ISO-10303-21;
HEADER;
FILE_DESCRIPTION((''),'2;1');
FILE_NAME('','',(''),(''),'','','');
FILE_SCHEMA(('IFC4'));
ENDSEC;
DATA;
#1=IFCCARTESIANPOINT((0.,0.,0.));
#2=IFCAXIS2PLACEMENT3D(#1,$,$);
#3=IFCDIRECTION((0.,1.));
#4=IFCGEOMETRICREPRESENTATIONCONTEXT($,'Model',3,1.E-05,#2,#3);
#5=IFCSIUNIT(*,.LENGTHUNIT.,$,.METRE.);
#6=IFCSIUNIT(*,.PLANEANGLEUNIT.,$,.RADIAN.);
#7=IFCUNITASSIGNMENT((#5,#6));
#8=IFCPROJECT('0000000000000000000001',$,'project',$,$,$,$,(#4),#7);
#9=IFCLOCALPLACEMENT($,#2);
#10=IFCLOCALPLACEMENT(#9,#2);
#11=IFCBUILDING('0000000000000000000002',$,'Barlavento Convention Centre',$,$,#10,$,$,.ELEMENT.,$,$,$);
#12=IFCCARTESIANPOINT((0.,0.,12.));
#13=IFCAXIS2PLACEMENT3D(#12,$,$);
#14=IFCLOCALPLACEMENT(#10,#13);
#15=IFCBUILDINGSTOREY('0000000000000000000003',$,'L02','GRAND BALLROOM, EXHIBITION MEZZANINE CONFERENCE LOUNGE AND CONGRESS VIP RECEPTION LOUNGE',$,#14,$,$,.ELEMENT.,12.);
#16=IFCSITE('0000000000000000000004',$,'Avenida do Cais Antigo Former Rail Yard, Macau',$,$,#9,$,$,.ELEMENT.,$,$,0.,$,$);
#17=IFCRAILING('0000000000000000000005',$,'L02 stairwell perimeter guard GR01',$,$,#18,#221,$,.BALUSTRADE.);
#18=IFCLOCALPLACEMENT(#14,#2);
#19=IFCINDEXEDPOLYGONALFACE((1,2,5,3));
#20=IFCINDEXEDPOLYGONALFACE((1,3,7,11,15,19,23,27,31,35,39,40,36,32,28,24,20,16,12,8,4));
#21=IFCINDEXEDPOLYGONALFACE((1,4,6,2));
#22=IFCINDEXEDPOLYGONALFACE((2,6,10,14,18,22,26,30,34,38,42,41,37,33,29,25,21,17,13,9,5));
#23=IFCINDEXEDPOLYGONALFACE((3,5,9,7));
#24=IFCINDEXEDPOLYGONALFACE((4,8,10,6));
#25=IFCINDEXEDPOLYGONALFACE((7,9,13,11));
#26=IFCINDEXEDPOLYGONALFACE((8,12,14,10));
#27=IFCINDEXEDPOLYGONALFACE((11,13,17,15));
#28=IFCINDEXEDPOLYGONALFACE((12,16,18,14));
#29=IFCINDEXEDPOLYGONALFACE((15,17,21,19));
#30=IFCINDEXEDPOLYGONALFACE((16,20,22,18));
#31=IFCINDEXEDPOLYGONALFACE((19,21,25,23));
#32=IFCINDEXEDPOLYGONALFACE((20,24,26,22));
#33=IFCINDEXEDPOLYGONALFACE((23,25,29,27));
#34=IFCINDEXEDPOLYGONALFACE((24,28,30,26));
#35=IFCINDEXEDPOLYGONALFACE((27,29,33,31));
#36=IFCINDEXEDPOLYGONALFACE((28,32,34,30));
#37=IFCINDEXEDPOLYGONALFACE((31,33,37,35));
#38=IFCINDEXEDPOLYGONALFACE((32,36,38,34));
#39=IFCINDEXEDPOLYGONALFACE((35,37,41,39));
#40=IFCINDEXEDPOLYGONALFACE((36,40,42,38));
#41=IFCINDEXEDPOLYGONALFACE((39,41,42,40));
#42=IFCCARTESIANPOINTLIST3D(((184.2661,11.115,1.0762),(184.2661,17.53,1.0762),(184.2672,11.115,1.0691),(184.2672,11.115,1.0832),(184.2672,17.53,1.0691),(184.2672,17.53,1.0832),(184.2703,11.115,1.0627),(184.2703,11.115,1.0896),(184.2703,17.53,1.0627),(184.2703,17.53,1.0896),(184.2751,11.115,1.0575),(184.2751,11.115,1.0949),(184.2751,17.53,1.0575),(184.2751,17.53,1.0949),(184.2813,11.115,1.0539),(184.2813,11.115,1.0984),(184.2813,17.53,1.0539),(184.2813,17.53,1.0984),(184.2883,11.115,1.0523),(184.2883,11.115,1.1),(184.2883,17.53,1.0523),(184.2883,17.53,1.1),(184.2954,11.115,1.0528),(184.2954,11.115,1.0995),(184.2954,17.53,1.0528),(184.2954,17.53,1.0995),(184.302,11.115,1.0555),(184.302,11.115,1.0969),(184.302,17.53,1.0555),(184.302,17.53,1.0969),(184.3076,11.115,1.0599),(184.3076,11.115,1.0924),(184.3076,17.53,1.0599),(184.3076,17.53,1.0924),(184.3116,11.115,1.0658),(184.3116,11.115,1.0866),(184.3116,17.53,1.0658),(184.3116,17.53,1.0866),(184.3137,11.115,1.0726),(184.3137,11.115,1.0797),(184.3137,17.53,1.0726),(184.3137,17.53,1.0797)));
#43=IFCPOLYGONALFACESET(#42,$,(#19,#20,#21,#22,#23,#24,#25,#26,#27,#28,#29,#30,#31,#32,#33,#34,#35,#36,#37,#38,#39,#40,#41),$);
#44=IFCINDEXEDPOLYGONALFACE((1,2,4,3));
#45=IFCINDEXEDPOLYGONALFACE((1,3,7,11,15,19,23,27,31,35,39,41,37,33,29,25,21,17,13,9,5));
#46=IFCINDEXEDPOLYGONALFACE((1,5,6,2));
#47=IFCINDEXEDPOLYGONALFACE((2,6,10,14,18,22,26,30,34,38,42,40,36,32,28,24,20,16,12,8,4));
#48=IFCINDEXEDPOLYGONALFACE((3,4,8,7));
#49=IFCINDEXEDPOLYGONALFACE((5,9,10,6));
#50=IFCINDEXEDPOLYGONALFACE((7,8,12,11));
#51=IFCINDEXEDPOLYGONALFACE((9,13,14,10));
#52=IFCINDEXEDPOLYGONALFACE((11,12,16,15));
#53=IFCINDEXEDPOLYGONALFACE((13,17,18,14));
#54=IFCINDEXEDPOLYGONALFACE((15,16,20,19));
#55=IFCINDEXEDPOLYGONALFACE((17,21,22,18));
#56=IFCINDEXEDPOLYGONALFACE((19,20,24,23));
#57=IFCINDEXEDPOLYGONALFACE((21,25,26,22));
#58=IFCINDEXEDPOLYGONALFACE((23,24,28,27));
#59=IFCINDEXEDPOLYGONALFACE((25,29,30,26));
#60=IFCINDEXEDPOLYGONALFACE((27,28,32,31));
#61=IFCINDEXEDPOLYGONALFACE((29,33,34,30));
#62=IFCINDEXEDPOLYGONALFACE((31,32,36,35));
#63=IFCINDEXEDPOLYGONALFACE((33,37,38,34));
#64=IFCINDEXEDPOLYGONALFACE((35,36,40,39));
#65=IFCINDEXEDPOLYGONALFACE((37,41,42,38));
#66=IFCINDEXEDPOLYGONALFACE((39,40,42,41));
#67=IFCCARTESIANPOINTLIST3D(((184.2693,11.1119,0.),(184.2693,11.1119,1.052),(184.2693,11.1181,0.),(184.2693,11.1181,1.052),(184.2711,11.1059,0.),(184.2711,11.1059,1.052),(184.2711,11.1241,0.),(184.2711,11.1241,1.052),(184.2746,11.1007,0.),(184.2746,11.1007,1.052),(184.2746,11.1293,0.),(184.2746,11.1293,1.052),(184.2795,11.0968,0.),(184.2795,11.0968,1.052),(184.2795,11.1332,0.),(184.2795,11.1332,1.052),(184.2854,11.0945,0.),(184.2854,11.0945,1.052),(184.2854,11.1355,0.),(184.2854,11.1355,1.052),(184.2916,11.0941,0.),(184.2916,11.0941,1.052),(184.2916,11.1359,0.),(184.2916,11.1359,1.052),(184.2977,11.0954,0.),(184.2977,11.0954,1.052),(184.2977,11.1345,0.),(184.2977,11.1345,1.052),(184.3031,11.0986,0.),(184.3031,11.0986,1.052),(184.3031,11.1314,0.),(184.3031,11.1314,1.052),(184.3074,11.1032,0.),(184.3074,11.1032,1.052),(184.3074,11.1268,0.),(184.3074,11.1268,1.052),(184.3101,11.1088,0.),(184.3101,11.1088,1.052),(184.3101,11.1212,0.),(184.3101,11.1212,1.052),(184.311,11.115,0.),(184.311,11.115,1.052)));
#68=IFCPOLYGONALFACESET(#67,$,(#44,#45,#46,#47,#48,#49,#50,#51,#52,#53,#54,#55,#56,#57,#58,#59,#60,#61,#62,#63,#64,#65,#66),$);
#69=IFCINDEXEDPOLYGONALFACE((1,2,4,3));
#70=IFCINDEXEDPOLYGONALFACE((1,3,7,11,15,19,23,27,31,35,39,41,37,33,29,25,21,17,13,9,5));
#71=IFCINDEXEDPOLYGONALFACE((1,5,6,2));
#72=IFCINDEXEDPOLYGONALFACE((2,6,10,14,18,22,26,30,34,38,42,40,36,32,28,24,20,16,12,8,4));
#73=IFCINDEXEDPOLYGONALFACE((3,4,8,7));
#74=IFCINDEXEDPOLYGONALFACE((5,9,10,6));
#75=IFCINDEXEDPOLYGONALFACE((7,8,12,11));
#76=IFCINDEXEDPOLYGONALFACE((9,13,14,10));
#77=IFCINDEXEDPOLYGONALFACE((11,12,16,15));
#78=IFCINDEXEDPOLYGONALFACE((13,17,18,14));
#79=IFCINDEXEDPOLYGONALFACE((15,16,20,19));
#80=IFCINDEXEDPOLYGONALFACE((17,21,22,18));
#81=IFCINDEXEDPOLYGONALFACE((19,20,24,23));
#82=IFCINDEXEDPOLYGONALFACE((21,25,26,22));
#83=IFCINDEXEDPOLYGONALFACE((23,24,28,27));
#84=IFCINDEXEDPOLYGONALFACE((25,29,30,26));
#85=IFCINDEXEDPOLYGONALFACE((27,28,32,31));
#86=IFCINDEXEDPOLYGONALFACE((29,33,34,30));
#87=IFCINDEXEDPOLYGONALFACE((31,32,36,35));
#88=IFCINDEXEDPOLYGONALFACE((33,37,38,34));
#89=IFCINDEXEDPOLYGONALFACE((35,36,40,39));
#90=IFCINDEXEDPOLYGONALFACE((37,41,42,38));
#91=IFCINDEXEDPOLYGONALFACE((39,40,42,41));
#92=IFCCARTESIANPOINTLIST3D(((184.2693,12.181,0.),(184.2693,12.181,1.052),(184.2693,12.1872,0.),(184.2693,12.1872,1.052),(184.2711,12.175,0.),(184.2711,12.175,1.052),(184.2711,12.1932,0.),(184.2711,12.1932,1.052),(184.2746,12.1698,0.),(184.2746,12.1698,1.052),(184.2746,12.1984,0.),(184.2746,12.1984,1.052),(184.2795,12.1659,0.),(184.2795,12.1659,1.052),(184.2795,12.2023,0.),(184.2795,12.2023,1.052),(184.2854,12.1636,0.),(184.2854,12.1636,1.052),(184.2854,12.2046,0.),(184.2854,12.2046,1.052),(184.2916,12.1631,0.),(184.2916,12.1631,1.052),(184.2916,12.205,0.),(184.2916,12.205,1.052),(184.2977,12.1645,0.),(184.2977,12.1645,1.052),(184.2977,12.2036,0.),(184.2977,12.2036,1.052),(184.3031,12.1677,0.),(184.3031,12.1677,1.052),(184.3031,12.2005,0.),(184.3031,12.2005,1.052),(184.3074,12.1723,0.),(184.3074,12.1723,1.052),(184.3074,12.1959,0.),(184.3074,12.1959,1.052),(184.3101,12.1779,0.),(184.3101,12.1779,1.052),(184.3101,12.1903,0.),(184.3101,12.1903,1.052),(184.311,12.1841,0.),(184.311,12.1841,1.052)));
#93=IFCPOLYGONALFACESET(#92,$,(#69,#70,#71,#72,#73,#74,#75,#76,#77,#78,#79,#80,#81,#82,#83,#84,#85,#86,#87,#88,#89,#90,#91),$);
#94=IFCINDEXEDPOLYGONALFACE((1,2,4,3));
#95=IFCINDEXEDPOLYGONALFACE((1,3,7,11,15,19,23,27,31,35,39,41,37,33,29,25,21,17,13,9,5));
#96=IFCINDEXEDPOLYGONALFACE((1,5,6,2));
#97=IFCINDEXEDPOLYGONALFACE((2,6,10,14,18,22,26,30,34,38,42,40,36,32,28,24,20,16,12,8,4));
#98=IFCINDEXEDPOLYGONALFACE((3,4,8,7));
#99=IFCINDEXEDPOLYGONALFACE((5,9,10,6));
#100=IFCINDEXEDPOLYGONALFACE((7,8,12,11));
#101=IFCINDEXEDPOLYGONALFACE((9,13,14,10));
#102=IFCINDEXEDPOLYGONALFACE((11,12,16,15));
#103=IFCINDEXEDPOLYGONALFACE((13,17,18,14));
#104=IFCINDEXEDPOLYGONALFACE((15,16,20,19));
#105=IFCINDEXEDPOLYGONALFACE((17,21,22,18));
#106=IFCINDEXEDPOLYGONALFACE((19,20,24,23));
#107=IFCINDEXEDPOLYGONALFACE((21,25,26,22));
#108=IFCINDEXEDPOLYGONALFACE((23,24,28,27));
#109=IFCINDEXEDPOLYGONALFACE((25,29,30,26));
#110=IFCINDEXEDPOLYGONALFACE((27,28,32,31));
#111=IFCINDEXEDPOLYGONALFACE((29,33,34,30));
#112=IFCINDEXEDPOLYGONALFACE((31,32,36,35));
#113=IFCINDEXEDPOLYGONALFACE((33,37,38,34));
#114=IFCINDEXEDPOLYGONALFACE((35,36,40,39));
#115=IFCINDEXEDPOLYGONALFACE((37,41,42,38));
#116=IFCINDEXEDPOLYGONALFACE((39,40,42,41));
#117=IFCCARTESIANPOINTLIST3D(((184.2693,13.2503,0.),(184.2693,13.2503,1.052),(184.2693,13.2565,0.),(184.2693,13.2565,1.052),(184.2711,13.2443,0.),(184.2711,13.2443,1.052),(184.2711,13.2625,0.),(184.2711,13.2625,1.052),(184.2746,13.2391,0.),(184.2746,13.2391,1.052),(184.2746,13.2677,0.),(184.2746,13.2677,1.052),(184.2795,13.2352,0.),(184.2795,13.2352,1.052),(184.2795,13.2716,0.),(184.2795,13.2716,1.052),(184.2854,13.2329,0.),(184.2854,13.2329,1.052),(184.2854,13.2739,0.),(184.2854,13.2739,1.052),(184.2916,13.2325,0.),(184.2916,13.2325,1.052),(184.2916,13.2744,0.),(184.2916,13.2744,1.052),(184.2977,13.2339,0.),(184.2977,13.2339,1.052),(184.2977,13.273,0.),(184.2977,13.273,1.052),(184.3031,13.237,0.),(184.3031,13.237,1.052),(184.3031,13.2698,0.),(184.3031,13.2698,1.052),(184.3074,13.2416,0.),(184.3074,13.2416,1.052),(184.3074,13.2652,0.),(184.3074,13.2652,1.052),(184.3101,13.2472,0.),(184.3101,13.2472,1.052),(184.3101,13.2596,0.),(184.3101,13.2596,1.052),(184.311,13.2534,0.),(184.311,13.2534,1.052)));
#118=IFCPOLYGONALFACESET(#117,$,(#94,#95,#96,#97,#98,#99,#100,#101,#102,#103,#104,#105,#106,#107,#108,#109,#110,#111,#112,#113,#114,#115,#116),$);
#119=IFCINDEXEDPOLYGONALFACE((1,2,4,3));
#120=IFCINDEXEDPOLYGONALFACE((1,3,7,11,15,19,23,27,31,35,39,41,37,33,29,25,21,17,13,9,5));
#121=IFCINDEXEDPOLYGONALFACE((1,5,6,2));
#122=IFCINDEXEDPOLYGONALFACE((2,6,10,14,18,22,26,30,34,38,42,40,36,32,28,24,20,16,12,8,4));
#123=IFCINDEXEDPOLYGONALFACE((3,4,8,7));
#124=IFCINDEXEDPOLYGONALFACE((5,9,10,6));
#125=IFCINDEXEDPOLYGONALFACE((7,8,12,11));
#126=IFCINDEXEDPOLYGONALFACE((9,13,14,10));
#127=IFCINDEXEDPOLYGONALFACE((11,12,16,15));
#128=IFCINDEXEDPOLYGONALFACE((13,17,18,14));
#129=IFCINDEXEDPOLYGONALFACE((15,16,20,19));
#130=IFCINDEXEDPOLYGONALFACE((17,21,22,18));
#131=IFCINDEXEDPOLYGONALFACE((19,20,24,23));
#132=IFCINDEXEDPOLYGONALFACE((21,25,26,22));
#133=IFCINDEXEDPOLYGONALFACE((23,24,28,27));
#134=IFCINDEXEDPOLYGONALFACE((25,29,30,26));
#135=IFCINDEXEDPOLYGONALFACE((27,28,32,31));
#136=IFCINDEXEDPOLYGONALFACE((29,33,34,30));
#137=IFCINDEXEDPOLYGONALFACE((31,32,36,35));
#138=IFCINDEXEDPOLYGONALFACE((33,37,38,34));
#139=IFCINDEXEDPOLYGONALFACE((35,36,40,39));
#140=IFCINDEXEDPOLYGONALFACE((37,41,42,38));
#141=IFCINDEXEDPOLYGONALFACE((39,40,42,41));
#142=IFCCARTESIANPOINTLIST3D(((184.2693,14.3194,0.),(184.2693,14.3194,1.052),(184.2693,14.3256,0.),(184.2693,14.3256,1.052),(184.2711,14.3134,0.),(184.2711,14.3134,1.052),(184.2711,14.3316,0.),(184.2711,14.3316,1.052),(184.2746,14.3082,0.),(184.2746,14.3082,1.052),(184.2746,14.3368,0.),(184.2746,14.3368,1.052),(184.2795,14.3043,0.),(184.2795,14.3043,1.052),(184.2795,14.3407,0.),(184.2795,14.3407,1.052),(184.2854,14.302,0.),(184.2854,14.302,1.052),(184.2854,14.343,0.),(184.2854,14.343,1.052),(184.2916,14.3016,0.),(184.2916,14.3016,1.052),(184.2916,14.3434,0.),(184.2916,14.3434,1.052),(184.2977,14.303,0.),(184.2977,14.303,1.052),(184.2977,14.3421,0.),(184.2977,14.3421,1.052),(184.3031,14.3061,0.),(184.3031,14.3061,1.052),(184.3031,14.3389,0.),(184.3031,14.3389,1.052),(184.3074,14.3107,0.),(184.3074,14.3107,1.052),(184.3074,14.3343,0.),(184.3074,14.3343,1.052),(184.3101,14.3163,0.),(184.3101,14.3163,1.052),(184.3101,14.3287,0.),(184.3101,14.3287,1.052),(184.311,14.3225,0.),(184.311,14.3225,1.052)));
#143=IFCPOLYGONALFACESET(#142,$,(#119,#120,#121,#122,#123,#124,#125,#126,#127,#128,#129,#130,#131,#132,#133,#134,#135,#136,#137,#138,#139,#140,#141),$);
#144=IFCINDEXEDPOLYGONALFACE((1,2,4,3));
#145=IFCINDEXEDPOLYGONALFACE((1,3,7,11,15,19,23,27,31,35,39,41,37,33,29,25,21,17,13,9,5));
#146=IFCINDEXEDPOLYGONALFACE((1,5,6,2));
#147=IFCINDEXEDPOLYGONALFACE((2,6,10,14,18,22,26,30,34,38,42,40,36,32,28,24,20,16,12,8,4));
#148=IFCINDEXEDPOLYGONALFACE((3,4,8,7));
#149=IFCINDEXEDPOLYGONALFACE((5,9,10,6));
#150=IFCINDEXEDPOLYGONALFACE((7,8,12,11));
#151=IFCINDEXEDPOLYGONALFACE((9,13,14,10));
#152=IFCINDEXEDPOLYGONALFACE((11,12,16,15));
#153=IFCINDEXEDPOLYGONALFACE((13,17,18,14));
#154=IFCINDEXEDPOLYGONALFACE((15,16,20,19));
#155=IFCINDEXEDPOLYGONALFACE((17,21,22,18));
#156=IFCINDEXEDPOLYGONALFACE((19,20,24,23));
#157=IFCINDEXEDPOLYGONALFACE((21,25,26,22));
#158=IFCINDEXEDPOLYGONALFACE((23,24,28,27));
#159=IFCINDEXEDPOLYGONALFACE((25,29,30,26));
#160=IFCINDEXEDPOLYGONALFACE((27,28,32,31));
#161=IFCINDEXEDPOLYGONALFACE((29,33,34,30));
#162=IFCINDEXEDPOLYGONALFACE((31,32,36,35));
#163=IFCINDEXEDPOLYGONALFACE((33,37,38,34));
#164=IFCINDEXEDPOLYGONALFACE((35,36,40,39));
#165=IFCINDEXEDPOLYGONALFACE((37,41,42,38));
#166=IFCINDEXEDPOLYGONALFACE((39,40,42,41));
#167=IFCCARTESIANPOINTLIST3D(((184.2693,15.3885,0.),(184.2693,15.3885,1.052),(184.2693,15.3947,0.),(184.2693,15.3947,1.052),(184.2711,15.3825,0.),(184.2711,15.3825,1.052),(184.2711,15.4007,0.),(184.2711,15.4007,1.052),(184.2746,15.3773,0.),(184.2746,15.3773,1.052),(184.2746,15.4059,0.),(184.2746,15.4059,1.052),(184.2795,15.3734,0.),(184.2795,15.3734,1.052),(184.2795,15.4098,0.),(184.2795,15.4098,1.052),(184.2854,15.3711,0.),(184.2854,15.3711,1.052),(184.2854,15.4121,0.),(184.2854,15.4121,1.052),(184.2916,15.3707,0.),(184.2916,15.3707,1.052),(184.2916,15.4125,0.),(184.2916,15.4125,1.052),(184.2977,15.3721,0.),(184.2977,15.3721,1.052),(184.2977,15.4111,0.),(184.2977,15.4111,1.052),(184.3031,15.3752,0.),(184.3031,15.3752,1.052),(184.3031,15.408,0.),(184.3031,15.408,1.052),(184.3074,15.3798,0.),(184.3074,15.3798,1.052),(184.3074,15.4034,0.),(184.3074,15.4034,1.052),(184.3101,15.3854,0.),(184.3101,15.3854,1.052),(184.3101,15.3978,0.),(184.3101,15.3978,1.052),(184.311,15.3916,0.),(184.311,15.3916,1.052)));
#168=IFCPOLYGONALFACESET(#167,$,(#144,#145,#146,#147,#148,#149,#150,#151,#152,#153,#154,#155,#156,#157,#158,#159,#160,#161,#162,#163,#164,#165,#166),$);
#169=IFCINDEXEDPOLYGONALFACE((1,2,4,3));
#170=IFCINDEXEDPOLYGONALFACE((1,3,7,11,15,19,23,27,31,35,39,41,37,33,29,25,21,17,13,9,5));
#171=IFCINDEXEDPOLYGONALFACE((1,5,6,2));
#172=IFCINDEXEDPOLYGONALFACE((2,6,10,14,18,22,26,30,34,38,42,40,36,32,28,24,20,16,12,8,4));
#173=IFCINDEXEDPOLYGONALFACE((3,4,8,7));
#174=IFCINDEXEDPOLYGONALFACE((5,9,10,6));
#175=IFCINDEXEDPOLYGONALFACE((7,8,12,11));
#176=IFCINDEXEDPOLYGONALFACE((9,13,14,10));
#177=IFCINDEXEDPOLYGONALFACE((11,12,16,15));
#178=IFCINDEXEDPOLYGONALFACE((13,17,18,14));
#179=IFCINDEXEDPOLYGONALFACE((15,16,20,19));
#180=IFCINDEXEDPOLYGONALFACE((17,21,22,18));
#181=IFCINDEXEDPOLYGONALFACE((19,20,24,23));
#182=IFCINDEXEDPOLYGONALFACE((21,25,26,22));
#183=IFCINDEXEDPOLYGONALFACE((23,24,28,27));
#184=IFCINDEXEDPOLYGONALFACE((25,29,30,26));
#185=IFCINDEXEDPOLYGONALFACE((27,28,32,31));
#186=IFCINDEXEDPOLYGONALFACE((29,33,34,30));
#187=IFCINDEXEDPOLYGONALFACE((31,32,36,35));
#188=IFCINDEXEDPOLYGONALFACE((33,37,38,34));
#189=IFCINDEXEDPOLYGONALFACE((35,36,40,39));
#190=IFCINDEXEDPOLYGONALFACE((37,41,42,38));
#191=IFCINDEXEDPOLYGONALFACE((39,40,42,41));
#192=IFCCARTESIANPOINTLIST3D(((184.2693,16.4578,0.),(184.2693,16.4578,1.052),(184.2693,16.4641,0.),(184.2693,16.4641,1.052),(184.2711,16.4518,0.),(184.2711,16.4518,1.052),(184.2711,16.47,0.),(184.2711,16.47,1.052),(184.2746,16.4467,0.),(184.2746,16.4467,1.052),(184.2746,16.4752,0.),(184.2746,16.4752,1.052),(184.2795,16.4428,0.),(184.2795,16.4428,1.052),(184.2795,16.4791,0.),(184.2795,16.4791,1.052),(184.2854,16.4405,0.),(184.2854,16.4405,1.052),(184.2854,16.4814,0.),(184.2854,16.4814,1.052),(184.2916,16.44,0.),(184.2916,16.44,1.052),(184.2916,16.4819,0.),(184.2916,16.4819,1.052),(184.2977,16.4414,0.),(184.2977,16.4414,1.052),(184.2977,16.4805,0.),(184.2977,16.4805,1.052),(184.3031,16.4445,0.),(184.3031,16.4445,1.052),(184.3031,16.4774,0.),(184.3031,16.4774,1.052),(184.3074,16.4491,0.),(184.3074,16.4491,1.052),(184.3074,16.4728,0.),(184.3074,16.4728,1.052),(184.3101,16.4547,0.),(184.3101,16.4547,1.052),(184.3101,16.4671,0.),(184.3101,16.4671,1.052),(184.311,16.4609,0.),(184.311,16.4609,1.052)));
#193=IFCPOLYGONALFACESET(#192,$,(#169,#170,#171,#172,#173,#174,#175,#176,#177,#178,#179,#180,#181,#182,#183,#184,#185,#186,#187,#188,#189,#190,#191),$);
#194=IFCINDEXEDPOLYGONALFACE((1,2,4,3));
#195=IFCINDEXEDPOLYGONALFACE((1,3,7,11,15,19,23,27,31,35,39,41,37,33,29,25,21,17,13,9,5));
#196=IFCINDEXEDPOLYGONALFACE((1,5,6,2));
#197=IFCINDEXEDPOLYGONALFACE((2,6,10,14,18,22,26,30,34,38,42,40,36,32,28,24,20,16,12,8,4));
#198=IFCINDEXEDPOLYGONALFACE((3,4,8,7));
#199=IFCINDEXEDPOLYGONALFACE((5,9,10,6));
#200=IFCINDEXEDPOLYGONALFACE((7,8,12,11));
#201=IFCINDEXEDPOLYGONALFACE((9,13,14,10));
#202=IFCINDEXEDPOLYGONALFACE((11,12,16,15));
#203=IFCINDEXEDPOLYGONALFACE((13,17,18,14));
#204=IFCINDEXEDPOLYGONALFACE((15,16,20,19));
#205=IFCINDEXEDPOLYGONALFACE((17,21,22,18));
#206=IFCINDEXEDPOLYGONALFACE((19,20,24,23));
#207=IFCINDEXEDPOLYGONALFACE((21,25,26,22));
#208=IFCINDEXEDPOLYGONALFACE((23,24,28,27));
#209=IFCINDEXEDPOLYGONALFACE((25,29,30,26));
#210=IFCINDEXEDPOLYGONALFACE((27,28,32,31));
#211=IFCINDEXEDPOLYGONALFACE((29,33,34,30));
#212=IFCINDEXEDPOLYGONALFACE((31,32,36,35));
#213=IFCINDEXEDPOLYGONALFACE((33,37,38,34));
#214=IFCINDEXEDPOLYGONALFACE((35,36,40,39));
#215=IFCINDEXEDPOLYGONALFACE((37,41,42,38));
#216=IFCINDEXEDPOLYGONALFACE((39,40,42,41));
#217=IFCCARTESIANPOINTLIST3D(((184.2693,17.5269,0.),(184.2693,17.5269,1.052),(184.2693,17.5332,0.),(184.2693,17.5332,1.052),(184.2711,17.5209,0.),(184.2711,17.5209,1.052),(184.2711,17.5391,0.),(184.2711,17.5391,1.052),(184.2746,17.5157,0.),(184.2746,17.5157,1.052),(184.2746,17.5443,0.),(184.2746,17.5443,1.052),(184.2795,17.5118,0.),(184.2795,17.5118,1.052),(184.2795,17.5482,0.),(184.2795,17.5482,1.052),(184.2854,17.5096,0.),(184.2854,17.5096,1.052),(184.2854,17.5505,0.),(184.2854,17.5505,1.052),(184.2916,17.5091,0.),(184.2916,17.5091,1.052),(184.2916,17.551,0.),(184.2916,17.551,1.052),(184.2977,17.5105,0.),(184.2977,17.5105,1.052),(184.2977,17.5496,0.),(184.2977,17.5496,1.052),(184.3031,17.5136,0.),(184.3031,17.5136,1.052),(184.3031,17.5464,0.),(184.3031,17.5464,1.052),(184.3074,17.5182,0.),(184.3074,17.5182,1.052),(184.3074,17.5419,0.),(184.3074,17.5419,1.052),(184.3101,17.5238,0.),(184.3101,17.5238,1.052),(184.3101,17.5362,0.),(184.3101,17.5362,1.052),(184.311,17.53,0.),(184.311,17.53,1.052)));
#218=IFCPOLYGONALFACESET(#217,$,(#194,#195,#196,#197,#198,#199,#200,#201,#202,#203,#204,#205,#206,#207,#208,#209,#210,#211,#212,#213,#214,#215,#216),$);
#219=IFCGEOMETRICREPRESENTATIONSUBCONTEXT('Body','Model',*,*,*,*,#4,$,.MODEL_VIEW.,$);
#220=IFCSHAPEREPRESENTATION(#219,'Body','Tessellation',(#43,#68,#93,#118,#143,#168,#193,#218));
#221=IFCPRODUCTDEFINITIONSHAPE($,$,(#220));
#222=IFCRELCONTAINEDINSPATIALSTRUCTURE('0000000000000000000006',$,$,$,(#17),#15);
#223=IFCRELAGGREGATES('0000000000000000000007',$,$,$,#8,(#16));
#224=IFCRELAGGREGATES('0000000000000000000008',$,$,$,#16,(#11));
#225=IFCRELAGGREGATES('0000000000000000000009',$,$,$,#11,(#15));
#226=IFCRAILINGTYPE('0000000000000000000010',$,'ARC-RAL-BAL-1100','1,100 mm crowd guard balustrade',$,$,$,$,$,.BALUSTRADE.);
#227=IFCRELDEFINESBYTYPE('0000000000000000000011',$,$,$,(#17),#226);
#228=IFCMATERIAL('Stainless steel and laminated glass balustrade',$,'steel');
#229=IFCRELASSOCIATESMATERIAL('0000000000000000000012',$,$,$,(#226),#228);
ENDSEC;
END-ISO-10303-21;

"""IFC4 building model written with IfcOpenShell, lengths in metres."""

from ifc_helpers import new_model, si_unit, direction, frame, origin, origin_2d, place, context, subcontext, project, spatial, circle, extrude, material, type_object, element, save


model = new_model("IFC4")

# Units and contexts
model_context = context("Model", 3, precision=1e-05, world=origin(), true_north=direction((0.0, 1.0)))
body_context = subcontext(model_context, "Body", "Model", "MODEL_VIEW")
ifc_project = project(units=[si_unit("LENGTHUNIT", "METRE"), si_unit("PLANEANGLEUNIT", "RADIAN")], contexts=[model_context])

# Site, building, storey
site_placement = place(None, origin())
site = spatial("IfcSite", under=ifc_project, at=site_placement, Name="Avenida do Cais Antigo Former Rail Yard, Macau", CompositionType="ELEMENT", RefElevation=0.0)
building_placement = place(site_placement, origin())
building = spatial("IfcBuilding", under=site, at=building_placement, Name="Barlavento Convention Centre", CompositionType="ELEMENT")
storey_placement = place(building_placement, frame((0.0, 0.0, 12.0)))
storey = spatial("IfcBuildingStorey", under=building, at=storey_placement, Name="L02", Description="GRAND BALLROOM, EXHIBITION MEZZANINE CONFERENCE LOUNGE AND CONGRESS VIP RECEPTION LOUNGE", CompositionType="ELEMENT", Elevation=12.0)

# Railing
ifc_material_1 = material(Name="Stainless steel and laminated glass balustrade", Category="steel")
railing_type_1 = type_object("IfcRailingType", Name="ARC-RAL-BAL-1100", Description="1,100 mm crowd guard balustrade", PredefinedType="BALUSTRADE", material=ifc_material_1)
railing_1_placement = place(storey_placement, frame((184.29, 11.115, 0.0)))
element("IfcRailing", 1, at=railing_1_placement, inside=storey, type_object=railing_type_1, Name="L02 stairwell perimeter guard GR01", PredefinedType="BALUSTRADE", context=body_context, shape_type="SweptSolid", body=[
    extrude(circle(Radius=0.0239, at=origin_2d()), frame((0.0, 0.0, 1.0762), z_axis=(0.0, 1.0, 0.0), x_axis=(-1.0, 0.0, 0.0)), (0.0, 0.0, 1.0), 6.415),
    extrude(circle(Radius=0.021, at=origin_2d()), origin(), (0.0, 0.0, 1.0), 1.052),
    extrude(circle(Radius=0.021, at=origin_2d()), frame((0.0, 1.0691, 0.0)), (0.0, 0.0, 1.0), 1.052),
    extrude(circle(Radius=0.021, at=origin_2d()), frame((0.0, 2.1384, 0.0)), (0.0, 0.0, 1.0), 1.052),
    extrude(circle(Radius=0.021, at=origin_2d()), frame((0.0, 3.2075, 0.0)), (0.0, 0.0, 1.0), 1.052),
    extrude(circle(Radius=0.021, at=origin_2d()), frame((0.0, 4.2766, 0.0)), (0.0, 0.0, 1.0), 1.052),
    extrude(circle(Radius=0.021, at=origin_2d()), frame((0.0, 5.3459, 0.0)), (0.0, 0.0, 1.0), 1.052),
    extrude(circle(Radius=0.021, at=origin_2d()), frame((0.0, 6.415, 0.0)), (0.0, 0.0, 1.0), 1.052),
])

save(model, "model.ifc")
